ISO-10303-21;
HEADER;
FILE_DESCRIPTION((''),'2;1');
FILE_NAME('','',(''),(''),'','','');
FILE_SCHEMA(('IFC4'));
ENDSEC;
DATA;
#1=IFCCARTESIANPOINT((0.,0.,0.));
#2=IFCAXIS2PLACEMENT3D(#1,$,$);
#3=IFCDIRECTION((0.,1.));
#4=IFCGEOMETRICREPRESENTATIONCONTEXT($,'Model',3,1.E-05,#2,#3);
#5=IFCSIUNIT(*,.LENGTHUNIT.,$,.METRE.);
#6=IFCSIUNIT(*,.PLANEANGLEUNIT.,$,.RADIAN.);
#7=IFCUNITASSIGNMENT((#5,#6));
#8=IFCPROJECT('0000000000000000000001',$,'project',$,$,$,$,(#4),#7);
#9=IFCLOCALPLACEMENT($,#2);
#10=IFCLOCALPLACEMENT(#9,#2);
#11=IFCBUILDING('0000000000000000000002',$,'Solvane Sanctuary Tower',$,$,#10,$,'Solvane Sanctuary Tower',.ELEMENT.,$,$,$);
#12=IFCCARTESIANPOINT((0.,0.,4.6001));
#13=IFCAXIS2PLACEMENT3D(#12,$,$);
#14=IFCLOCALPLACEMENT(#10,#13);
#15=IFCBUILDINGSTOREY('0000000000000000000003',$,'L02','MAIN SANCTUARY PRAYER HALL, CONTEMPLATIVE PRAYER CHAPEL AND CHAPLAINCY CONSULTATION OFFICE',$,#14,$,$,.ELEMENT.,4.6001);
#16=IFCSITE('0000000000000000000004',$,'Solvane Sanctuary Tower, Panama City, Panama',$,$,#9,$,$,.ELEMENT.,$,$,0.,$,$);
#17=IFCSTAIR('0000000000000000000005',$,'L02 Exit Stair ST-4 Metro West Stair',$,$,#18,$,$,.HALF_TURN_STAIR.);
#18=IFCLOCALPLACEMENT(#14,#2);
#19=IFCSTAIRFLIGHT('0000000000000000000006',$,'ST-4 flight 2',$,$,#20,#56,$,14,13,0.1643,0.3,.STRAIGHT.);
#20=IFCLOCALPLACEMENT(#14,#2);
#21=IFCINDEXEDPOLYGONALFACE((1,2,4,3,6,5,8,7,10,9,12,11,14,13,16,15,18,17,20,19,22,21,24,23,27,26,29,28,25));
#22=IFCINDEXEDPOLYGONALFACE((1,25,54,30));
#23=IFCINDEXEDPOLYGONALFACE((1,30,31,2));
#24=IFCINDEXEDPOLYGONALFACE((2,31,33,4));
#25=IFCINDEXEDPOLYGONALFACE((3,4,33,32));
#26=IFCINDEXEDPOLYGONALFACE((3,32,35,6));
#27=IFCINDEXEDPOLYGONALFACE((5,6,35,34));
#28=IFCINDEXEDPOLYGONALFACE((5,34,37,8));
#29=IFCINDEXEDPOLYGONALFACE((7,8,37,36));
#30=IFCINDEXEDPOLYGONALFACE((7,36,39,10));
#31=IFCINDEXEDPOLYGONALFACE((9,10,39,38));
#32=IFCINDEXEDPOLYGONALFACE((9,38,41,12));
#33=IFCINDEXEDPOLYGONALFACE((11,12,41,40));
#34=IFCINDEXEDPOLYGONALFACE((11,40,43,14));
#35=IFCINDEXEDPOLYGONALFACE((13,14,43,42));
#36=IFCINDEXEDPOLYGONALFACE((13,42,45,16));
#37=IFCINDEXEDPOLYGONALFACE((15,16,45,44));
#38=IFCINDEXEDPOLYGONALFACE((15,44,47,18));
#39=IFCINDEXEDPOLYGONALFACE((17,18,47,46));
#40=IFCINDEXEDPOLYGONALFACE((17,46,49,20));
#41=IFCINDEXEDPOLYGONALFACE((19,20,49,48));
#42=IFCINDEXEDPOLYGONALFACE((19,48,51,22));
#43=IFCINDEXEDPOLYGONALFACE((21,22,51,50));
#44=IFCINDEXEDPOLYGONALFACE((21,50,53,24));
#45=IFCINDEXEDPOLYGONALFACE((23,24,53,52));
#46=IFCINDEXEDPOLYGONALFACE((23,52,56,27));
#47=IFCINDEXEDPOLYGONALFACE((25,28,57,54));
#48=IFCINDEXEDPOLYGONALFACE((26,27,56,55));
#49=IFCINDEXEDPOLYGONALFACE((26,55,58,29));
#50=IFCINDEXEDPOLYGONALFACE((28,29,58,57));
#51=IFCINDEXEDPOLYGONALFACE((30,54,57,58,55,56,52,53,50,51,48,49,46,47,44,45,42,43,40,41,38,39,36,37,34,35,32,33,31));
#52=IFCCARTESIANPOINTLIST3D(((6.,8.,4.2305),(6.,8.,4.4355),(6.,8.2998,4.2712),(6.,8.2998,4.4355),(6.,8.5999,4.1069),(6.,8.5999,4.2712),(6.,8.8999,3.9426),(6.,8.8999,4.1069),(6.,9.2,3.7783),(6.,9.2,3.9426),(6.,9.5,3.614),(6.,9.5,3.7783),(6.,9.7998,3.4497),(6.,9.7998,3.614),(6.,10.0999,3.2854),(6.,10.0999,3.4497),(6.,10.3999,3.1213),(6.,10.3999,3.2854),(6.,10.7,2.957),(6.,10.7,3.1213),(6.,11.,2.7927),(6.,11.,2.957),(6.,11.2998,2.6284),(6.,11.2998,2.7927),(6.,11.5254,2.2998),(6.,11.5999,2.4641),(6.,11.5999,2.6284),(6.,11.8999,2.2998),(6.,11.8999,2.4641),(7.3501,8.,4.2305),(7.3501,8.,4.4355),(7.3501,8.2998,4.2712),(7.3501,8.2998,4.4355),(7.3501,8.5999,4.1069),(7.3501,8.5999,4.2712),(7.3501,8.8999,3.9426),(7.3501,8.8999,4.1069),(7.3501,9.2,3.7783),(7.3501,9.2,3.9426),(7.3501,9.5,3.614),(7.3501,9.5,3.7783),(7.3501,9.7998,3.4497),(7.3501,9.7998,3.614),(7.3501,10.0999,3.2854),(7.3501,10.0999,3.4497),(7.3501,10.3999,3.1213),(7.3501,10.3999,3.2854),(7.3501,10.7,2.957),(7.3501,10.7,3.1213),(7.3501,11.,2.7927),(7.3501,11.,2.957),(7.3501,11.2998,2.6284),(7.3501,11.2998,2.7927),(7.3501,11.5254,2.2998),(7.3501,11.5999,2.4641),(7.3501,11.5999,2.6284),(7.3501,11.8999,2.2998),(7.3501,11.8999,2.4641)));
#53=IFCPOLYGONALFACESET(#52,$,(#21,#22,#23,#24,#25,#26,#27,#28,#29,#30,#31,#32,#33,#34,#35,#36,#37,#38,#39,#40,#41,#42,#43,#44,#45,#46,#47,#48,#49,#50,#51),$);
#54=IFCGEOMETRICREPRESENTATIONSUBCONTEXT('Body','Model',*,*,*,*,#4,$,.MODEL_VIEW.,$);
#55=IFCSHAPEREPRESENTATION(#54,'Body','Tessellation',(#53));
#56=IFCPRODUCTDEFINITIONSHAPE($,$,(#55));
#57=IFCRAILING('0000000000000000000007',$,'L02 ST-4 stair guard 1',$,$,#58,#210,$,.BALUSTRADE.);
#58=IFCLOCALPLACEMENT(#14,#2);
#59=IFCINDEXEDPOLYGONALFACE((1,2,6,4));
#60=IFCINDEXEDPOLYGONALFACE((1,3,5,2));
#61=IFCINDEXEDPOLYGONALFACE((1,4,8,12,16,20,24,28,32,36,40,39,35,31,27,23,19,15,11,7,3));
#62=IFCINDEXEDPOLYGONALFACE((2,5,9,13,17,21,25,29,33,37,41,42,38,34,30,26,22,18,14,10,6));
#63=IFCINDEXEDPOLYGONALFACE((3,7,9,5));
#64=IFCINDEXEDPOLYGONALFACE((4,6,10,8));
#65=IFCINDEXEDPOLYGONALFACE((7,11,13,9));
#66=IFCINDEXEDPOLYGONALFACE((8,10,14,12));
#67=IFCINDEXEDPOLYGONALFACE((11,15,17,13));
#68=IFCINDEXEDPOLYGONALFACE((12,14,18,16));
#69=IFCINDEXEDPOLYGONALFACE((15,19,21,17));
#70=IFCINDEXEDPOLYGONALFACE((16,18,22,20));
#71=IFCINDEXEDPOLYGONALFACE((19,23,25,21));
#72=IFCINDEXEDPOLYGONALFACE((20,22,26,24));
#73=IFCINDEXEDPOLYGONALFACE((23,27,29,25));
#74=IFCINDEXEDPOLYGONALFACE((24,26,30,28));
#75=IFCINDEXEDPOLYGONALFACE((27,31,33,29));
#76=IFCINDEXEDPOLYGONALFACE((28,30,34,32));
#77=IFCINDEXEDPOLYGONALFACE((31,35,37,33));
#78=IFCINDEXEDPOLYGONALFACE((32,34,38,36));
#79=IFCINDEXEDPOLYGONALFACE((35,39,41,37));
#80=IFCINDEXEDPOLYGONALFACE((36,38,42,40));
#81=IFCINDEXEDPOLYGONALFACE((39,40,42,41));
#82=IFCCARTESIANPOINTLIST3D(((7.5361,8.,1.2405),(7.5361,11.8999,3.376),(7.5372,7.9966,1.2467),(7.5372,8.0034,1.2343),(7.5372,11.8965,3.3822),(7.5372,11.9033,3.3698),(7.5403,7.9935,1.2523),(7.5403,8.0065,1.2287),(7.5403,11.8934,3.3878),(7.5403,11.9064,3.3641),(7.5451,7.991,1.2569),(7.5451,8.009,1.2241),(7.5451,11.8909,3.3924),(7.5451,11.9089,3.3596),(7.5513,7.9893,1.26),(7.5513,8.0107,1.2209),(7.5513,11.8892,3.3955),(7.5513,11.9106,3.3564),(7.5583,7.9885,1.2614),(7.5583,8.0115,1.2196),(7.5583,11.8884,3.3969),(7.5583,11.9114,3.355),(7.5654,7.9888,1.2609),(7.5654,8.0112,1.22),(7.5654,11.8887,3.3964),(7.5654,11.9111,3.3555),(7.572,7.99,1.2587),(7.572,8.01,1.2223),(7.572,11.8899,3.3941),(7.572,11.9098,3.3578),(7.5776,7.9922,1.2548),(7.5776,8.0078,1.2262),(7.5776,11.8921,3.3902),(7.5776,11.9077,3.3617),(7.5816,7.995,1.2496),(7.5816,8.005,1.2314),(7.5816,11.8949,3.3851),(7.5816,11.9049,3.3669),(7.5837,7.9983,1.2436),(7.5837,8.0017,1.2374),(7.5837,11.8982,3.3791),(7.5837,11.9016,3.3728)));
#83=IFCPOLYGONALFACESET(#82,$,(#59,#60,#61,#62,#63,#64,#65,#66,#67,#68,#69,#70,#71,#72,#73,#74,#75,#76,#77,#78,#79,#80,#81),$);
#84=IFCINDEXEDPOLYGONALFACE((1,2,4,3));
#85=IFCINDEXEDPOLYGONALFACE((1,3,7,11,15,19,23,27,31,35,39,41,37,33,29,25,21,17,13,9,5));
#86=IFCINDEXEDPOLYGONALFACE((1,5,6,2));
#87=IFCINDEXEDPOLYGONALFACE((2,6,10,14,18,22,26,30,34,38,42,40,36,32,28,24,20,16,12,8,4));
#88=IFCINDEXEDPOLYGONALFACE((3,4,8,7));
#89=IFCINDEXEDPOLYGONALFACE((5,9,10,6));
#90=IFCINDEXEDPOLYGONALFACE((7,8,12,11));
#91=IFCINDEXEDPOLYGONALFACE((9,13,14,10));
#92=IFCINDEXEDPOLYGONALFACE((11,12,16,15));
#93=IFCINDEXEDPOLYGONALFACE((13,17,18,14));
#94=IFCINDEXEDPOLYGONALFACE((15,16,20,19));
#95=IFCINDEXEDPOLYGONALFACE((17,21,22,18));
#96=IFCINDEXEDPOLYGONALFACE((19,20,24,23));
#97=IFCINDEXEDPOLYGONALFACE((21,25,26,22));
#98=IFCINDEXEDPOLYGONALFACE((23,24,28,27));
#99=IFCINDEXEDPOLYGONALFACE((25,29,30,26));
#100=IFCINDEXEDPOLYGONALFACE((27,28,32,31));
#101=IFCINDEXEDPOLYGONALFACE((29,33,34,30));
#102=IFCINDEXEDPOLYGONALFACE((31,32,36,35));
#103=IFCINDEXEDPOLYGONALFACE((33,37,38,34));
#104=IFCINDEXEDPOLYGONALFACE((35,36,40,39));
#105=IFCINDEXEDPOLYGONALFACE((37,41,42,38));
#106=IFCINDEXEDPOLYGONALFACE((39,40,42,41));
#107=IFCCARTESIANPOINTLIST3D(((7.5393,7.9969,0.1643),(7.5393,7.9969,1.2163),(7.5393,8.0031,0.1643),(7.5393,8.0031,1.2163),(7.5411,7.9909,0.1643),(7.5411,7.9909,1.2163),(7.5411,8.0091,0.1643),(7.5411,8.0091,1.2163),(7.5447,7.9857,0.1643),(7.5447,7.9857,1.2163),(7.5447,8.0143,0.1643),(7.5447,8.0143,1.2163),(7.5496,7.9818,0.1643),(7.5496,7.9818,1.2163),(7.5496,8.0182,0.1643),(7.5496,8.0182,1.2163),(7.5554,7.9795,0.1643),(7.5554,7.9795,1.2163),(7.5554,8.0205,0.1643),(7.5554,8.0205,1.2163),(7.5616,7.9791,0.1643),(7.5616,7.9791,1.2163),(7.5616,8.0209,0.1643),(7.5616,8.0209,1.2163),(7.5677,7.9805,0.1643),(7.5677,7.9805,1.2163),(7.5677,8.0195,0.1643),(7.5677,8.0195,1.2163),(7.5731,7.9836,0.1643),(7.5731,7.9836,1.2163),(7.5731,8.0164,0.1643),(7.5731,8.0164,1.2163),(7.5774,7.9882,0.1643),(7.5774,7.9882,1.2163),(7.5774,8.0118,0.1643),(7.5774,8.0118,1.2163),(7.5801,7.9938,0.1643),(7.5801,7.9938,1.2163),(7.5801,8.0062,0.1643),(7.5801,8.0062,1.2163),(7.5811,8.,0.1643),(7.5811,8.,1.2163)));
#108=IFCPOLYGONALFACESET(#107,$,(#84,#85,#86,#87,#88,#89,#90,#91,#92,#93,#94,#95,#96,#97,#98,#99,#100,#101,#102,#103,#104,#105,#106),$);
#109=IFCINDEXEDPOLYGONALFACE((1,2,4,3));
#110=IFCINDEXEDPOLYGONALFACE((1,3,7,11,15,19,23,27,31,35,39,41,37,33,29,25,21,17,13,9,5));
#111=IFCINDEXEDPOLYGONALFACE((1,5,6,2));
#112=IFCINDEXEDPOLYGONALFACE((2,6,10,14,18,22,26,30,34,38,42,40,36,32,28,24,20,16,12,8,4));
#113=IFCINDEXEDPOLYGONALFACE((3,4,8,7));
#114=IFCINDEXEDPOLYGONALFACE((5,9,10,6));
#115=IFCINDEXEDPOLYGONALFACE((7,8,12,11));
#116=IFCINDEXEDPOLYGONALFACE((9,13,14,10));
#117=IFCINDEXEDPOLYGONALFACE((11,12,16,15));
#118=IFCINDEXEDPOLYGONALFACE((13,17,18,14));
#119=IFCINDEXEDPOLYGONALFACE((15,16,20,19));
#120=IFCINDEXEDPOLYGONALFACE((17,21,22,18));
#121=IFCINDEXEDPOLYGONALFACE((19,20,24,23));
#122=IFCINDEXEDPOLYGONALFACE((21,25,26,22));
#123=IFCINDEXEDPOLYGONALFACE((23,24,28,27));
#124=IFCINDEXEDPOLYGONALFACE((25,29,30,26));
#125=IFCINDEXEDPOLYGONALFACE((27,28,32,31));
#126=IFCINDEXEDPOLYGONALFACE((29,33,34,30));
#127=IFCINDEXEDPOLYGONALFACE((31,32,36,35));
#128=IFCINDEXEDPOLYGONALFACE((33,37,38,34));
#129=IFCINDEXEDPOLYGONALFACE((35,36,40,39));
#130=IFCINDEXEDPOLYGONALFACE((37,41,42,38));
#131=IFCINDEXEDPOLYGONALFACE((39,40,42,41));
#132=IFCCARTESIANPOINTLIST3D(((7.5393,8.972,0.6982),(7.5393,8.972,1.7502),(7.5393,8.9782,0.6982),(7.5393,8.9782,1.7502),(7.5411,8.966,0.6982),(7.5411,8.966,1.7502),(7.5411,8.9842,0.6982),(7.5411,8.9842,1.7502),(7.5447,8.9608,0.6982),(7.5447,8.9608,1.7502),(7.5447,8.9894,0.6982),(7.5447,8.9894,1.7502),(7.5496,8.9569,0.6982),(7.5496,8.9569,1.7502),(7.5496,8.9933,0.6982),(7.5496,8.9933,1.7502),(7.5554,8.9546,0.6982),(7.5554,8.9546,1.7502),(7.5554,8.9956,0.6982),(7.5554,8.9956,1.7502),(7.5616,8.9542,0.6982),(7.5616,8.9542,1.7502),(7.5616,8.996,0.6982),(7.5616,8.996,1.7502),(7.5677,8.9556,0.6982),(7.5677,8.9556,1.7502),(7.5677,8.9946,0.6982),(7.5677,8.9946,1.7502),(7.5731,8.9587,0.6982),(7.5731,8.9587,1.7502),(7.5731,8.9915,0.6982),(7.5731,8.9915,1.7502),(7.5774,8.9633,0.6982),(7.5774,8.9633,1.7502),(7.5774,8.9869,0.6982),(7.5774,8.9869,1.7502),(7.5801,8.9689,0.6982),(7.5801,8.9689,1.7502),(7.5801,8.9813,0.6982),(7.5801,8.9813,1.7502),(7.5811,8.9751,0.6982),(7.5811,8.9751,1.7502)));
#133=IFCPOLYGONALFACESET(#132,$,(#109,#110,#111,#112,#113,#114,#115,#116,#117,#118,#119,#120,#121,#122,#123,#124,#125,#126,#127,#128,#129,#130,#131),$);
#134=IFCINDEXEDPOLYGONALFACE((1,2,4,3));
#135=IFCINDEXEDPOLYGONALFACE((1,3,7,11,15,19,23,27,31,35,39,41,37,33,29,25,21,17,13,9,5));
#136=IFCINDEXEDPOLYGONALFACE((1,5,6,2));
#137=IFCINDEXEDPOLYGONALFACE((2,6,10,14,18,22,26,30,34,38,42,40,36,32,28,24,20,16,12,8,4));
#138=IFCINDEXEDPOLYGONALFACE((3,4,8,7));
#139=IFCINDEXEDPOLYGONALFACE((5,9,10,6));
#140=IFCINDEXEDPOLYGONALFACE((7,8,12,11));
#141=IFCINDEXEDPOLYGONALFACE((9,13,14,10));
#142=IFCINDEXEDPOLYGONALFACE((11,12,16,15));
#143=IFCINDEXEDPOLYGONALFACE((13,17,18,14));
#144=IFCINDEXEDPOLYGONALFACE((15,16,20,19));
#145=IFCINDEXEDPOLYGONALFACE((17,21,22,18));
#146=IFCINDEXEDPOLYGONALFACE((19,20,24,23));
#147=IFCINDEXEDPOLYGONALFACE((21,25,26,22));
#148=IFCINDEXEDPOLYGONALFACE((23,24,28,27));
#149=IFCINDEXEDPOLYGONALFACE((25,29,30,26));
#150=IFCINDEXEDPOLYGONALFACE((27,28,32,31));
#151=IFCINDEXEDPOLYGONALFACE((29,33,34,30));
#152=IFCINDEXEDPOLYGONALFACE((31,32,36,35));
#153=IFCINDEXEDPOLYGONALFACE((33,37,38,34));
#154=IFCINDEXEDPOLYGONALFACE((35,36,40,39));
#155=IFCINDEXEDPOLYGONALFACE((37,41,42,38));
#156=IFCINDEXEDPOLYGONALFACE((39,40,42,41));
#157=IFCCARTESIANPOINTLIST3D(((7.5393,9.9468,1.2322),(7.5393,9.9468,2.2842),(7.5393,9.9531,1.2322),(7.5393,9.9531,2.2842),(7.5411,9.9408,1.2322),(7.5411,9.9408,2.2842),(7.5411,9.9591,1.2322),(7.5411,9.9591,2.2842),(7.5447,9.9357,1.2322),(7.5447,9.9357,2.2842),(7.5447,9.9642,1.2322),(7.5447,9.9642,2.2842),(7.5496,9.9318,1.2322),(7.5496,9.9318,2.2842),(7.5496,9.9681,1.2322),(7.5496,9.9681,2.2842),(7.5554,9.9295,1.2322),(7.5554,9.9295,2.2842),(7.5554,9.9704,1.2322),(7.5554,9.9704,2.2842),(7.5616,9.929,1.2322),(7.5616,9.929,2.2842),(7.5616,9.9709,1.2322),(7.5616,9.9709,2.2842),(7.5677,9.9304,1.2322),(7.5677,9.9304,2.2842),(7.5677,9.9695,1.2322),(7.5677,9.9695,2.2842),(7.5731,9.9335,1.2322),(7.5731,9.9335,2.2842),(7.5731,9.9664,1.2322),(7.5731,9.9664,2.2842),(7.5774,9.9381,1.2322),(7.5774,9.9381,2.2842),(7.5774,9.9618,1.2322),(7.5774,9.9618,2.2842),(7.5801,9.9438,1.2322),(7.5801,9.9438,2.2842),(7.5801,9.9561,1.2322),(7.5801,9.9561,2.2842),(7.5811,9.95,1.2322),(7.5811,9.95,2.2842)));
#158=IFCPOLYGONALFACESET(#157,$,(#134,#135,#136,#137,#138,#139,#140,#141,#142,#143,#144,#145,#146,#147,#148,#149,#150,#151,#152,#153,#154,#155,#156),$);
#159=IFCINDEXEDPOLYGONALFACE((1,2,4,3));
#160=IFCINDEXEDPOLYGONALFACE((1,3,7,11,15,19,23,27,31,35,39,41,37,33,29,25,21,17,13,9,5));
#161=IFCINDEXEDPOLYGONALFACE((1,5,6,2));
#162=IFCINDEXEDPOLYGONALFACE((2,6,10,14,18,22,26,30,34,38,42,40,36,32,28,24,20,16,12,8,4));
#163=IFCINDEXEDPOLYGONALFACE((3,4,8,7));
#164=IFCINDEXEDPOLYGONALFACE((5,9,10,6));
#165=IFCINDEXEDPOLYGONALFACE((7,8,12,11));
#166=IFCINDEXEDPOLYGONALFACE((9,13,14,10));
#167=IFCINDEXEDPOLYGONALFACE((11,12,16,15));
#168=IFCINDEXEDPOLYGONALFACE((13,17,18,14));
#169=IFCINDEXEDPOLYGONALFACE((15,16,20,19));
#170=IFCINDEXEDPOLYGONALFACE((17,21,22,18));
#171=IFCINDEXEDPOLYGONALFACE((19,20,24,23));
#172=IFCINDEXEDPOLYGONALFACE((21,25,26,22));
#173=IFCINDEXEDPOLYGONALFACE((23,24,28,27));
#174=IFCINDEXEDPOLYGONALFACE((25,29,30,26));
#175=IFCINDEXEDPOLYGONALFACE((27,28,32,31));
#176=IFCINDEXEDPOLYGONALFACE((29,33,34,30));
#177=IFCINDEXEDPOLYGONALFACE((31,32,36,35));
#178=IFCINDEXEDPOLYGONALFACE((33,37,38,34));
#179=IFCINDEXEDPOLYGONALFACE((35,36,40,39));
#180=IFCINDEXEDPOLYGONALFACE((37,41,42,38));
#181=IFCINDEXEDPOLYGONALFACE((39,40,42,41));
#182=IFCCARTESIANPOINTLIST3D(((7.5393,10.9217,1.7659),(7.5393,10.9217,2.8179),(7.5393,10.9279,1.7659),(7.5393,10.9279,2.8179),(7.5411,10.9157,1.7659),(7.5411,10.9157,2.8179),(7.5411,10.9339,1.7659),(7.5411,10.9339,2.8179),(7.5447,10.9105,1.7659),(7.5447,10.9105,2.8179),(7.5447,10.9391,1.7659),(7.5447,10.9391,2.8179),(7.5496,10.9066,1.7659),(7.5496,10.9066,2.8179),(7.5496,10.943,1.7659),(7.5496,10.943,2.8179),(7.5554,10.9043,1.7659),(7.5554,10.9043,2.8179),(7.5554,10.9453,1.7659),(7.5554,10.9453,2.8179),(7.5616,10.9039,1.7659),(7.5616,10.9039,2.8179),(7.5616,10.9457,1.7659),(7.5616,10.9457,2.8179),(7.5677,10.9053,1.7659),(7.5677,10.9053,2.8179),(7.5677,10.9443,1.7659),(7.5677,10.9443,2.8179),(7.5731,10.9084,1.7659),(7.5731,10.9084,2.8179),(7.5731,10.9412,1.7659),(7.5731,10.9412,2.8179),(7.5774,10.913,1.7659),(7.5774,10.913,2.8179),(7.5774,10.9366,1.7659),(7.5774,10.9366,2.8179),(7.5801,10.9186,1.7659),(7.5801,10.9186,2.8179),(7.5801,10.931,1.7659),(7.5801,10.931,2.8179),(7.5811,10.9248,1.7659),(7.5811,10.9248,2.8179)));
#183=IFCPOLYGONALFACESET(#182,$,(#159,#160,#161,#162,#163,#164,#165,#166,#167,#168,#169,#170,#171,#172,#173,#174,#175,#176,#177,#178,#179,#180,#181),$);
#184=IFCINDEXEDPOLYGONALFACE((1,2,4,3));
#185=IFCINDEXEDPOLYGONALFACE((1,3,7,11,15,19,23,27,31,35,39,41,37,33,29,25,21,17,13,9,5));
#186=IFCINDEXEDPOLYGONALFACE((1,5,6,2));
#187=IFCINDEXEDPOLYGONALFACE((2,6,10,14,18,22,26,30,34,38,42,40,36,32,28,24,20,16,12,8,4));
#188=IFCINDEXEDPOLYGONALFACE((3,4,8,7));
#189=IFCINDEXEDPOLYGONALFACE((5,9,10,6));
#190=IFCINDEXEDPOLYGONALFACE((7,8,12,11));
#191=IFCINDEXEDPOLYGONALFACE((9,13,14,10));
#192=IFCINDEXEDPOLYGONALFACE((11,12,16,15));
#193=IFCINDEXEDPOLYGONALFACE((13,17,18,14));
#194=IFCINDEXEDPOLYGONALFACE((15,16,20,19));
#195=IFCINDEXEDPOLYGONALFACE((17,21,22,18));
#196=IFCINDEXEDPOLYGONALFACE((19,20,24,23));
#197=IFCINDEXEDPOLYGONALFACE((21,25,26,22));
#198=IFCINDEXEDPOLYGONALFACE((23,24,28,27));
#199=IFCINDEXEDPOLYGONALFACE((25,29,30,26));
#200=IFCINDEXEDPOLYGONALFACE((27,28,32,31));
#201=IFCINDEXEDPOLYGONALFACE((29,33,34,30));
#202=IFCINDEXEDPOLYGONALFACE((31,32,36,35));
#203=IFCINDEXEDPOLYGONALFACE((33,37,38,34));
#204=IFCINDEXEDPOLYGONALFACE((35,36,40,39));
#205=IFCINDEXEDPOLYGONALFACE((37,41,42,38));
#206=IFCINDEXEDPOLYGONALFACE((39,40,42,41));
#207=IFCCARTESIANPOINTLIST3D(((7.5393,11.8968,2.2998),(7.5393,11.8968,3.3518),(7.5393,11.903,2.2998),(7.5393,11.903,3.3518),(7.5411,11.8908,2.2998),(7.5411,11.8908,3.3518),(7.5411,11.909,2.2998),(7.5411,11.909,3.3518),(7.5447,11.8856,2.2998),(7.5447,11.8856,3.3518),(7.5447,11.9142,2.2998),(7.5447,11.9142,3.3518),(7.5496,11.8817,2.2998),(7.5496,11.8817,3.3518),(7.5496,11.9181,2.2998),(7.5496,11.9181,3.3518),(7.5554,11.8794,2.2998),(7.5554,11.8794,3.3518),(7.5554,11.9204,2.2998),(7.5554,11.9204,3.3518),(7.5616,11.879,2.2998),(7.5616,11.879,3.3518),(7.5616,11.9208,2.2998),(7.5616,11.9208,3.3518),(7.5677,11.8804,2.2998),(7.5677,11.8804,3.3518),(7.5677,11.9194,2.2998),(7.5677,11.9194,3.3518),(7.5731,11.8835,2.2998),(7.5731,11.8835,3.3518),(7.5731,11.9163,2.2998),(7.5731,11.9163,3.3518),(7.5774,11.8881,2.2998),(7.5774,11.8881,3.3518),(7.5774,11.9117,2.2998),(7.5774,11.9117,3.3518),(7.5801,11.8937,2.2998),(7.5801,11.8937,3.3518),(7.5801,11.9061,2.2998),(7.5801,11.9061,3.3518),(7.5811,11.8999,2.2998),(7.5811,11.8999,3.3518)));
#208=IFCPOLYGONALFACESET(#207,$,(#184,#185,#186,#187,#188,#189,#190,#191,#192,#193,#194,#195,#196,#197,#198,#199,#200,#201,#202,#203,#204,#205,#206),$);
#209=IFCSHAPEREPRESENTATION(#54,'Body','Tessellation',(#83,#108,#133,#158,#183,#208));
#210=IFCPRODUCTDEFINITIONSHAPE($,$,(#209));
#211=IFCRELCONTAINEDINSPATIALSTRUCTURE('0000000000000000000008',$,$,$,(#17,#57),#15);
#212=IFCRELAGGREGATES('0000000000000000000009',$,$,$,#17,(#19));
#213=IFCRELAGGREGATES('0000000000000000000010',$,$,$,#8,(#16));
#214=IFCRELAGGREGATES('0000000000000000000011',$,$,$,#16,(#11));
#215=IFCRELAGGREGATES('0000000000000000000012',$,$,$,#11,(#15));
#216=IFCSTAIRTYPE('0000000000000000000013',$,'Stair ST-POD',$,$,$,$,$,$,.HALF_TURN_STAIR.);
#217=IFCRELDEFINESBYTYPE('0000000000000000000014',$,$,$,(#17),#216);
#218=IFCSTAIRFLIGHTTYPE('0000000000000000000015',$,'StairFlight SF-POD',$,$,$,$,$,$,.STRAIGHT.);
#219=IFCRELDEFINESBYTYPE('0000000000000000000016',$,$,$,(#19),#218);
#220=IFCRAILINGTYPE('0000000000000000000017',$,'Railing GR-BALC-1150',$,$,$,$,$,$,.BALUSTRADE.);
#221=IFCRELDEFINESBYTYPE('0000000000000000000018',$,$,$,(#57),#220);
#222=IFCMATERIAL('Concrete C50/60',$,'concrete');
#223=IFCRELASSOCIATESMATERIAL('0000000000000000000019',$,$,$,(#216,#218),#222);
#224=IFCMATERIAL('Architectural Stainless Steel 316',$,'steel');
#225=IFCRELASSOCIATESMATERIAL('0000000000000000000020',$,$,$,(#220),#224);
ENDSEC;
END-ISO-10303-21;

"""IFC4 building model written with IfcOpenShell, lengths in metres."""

from ifc_helpers import new_model, si_unit, direction, frame, origin, origin_2d, place, context, subcontext, project, spatial, polyline, circle, outline, extrude, material, type_object, element, aggregate, save


model = new_model("IFC4")

# Units and contexts
model_context = context("Model", 3, precision=1e-05, world=origin(), true_north=direction((0.0, 1.0)))
body_context = subcontext(model_context, "Body", "Model", "MODEL_VIEW")
ifc_project = project(units=[si_unit("LENGTHUNIT", "METRE"), si_unit("PLANEANGLEUNIT", "RADIAN")], contexts=[model_context])

# Site, building, storey
site_placement = place(None, origin())
site = spatial("IfcSite", under=ifc_project, at=site_placement, Name="Solvane Sanctuary Tower, Panama City, Panama", CompositionType="ELEMENT", RefElevation=0.0)
building_placement = place(site_placement, origin())
building = spatial("IfcBuilding", under=site, at=building_placement, Name="Solvane Sanctuary Tower", LongName="Solvane Sanctuary Tower", CompositionType="ELEMENT")
storey_placement = place(building_placement, frame((0.0, 0.0, 4.6001)))
storey = spatial("IfcBuildingStorey", under=building, at=storey_placement, Name="L02", Description="MAIN SANCTUARY PRAYER HALL, CONTEMPLATIVE PRAYER CHAPEL AND CHAPLAINCY CONSULTATION OFFICE", CompositionType="ELEMENT", Elevation=4.6001)

# Shared definitions
ifc_material_1 = material(Name="Architectural Stainless Steel 316", Category="steel")

# Shared definitions
ifc_material_2 = material(Name="Concrete C50/60", Category="concrete")

# Stair, stair flight
stair_type = type_object("IfcStairType", Name="Stair ST-POD", PredefinedType="HALF_TURN_STAIR", material=ifc_material_2)
stair_placement = place(storey_placement, origin())
stair = element("IfcStair", 1, at=stair_placement, inside=storey, type_object=stair_type, Name="L02 Exit Stair ST-4 Metro West Stair", PredefinedType="HALF_TURN_STAIR")
stair_flight_type = type_object("IfcStairFlightType", Name="StairFlight SF-POD", PredefinedType="STRAIGHT", material=ifc_material_2)
stair_flight_1_placement = place(storey_placement, frame((6.675, 11.8999, 2.2998), z_axis=(0.0, 0.0, 1.0), x_axis=(0.0, -1.0, 0.0)))
stair_flight_1 = element("IfcStairFlight", 2, at=stair_flight_1_placement, type_object=stair_flight_type, Name="ST-4 flight 2", NumberOfRisers=14, NumberOfTreads=13, PredefinedType="STRAIGHT", RiserHeight=0.1643, TreadLength=0.3, context=body_context, shape_type="SweptSolid", body=[
    extrude(outline(polyline([(0.0, 0.0), (0.0, 0.1643), (0.3, 0.1643), (0.3, 0.3286), (0.6001, 0.3286), (0.6001, 0.4929), (0.8999, 0.4929), (0.8999, 0.6572), (1.2, 0.6572), (1.2, 0.8215), (1.5, 0.8215), (1.5, 0.9856), (1.8, 0.9856), (1.8, 1.1499), (2.1001, 1.1499), (2.1001, 1.3142), (2.3999, 1.3142), (2.3999, 1.4785), (2.7, 1.4785), (2.7, 1.6428), (3.0, 1.6428), (3.0, 1.8071), (3.3, 1.8071), (3.3, 1.9714), (3.6001, 1.9714), (3.6001, 2.1357), (3.8999, 2.1357), (3.8999, 2.3), (3.8999, 1.9307), (0.3745, 0.0), (0.0, 0.0)])), frame((0.0, 0.675, 0.0), z_axis=(0.0, -1.0, 0.0), x_axis=(1.0, 0.0, 0.0)), (0.0, 0.0, 1.0), 1.3501),
])
aggregate(stair, [stair_flight_1])

# Railing
railing_type_1 = type_object("IfcRailingType", Name="Railing GR-BALC-1150", PredefinedType="BALUSTRADE", material=ifc_material_1)
railing_1_placement = place(storey_placement, frame((7.5601, 8.0, 0.1643)))
element("IfcRailing", 3, at=railing_1_placement, inside=storey, type_object=railing_type_1, Name="L02 ST-4 stair guard 1", PredefinedType="BALUSTRADE", context=body_context, shape_type="SweptSolid", body=[
    extrude(circle(Radius=0.0239, at=origin_2d()), frame((0.0, 0.0, 1.0762), z_axis=(0.0, 0.877112, 0.480286), x_axis=(-1.0, 0.0, 0.0)), (0.0, 0.0, 1.0), 4.4463),
    extrude(circle(Radius=0.021, at=origin_2d()), origin(), (0.0, 0.0, 1.0), 1.052),
    extrude(circle(Radius=0.021, at=origin_2d()), frame((0.0, 0.9751, 0.5339)), (0.0, 0.0, 1.0), 1.052),
    extrude(circle(Radius=0.021, at=origin_2d()), frame((0.0, 1.95, 1.0679)), (0.0, 0.0, 1.0), 1.052),
    extrude(circle(Radius=0.021, at=origin_2d()), frame((0.0, 2.9248, 1.6016)), (0.0, 0.0, 1.0), 1.052),
    extrude(circle(Radius=0.021, at=origin_2d()), frame((0.0, 3.8999, 2.1355)), (0.0, 0.0, 1.0), 1.052),
])

save(model, "model.ifc")
